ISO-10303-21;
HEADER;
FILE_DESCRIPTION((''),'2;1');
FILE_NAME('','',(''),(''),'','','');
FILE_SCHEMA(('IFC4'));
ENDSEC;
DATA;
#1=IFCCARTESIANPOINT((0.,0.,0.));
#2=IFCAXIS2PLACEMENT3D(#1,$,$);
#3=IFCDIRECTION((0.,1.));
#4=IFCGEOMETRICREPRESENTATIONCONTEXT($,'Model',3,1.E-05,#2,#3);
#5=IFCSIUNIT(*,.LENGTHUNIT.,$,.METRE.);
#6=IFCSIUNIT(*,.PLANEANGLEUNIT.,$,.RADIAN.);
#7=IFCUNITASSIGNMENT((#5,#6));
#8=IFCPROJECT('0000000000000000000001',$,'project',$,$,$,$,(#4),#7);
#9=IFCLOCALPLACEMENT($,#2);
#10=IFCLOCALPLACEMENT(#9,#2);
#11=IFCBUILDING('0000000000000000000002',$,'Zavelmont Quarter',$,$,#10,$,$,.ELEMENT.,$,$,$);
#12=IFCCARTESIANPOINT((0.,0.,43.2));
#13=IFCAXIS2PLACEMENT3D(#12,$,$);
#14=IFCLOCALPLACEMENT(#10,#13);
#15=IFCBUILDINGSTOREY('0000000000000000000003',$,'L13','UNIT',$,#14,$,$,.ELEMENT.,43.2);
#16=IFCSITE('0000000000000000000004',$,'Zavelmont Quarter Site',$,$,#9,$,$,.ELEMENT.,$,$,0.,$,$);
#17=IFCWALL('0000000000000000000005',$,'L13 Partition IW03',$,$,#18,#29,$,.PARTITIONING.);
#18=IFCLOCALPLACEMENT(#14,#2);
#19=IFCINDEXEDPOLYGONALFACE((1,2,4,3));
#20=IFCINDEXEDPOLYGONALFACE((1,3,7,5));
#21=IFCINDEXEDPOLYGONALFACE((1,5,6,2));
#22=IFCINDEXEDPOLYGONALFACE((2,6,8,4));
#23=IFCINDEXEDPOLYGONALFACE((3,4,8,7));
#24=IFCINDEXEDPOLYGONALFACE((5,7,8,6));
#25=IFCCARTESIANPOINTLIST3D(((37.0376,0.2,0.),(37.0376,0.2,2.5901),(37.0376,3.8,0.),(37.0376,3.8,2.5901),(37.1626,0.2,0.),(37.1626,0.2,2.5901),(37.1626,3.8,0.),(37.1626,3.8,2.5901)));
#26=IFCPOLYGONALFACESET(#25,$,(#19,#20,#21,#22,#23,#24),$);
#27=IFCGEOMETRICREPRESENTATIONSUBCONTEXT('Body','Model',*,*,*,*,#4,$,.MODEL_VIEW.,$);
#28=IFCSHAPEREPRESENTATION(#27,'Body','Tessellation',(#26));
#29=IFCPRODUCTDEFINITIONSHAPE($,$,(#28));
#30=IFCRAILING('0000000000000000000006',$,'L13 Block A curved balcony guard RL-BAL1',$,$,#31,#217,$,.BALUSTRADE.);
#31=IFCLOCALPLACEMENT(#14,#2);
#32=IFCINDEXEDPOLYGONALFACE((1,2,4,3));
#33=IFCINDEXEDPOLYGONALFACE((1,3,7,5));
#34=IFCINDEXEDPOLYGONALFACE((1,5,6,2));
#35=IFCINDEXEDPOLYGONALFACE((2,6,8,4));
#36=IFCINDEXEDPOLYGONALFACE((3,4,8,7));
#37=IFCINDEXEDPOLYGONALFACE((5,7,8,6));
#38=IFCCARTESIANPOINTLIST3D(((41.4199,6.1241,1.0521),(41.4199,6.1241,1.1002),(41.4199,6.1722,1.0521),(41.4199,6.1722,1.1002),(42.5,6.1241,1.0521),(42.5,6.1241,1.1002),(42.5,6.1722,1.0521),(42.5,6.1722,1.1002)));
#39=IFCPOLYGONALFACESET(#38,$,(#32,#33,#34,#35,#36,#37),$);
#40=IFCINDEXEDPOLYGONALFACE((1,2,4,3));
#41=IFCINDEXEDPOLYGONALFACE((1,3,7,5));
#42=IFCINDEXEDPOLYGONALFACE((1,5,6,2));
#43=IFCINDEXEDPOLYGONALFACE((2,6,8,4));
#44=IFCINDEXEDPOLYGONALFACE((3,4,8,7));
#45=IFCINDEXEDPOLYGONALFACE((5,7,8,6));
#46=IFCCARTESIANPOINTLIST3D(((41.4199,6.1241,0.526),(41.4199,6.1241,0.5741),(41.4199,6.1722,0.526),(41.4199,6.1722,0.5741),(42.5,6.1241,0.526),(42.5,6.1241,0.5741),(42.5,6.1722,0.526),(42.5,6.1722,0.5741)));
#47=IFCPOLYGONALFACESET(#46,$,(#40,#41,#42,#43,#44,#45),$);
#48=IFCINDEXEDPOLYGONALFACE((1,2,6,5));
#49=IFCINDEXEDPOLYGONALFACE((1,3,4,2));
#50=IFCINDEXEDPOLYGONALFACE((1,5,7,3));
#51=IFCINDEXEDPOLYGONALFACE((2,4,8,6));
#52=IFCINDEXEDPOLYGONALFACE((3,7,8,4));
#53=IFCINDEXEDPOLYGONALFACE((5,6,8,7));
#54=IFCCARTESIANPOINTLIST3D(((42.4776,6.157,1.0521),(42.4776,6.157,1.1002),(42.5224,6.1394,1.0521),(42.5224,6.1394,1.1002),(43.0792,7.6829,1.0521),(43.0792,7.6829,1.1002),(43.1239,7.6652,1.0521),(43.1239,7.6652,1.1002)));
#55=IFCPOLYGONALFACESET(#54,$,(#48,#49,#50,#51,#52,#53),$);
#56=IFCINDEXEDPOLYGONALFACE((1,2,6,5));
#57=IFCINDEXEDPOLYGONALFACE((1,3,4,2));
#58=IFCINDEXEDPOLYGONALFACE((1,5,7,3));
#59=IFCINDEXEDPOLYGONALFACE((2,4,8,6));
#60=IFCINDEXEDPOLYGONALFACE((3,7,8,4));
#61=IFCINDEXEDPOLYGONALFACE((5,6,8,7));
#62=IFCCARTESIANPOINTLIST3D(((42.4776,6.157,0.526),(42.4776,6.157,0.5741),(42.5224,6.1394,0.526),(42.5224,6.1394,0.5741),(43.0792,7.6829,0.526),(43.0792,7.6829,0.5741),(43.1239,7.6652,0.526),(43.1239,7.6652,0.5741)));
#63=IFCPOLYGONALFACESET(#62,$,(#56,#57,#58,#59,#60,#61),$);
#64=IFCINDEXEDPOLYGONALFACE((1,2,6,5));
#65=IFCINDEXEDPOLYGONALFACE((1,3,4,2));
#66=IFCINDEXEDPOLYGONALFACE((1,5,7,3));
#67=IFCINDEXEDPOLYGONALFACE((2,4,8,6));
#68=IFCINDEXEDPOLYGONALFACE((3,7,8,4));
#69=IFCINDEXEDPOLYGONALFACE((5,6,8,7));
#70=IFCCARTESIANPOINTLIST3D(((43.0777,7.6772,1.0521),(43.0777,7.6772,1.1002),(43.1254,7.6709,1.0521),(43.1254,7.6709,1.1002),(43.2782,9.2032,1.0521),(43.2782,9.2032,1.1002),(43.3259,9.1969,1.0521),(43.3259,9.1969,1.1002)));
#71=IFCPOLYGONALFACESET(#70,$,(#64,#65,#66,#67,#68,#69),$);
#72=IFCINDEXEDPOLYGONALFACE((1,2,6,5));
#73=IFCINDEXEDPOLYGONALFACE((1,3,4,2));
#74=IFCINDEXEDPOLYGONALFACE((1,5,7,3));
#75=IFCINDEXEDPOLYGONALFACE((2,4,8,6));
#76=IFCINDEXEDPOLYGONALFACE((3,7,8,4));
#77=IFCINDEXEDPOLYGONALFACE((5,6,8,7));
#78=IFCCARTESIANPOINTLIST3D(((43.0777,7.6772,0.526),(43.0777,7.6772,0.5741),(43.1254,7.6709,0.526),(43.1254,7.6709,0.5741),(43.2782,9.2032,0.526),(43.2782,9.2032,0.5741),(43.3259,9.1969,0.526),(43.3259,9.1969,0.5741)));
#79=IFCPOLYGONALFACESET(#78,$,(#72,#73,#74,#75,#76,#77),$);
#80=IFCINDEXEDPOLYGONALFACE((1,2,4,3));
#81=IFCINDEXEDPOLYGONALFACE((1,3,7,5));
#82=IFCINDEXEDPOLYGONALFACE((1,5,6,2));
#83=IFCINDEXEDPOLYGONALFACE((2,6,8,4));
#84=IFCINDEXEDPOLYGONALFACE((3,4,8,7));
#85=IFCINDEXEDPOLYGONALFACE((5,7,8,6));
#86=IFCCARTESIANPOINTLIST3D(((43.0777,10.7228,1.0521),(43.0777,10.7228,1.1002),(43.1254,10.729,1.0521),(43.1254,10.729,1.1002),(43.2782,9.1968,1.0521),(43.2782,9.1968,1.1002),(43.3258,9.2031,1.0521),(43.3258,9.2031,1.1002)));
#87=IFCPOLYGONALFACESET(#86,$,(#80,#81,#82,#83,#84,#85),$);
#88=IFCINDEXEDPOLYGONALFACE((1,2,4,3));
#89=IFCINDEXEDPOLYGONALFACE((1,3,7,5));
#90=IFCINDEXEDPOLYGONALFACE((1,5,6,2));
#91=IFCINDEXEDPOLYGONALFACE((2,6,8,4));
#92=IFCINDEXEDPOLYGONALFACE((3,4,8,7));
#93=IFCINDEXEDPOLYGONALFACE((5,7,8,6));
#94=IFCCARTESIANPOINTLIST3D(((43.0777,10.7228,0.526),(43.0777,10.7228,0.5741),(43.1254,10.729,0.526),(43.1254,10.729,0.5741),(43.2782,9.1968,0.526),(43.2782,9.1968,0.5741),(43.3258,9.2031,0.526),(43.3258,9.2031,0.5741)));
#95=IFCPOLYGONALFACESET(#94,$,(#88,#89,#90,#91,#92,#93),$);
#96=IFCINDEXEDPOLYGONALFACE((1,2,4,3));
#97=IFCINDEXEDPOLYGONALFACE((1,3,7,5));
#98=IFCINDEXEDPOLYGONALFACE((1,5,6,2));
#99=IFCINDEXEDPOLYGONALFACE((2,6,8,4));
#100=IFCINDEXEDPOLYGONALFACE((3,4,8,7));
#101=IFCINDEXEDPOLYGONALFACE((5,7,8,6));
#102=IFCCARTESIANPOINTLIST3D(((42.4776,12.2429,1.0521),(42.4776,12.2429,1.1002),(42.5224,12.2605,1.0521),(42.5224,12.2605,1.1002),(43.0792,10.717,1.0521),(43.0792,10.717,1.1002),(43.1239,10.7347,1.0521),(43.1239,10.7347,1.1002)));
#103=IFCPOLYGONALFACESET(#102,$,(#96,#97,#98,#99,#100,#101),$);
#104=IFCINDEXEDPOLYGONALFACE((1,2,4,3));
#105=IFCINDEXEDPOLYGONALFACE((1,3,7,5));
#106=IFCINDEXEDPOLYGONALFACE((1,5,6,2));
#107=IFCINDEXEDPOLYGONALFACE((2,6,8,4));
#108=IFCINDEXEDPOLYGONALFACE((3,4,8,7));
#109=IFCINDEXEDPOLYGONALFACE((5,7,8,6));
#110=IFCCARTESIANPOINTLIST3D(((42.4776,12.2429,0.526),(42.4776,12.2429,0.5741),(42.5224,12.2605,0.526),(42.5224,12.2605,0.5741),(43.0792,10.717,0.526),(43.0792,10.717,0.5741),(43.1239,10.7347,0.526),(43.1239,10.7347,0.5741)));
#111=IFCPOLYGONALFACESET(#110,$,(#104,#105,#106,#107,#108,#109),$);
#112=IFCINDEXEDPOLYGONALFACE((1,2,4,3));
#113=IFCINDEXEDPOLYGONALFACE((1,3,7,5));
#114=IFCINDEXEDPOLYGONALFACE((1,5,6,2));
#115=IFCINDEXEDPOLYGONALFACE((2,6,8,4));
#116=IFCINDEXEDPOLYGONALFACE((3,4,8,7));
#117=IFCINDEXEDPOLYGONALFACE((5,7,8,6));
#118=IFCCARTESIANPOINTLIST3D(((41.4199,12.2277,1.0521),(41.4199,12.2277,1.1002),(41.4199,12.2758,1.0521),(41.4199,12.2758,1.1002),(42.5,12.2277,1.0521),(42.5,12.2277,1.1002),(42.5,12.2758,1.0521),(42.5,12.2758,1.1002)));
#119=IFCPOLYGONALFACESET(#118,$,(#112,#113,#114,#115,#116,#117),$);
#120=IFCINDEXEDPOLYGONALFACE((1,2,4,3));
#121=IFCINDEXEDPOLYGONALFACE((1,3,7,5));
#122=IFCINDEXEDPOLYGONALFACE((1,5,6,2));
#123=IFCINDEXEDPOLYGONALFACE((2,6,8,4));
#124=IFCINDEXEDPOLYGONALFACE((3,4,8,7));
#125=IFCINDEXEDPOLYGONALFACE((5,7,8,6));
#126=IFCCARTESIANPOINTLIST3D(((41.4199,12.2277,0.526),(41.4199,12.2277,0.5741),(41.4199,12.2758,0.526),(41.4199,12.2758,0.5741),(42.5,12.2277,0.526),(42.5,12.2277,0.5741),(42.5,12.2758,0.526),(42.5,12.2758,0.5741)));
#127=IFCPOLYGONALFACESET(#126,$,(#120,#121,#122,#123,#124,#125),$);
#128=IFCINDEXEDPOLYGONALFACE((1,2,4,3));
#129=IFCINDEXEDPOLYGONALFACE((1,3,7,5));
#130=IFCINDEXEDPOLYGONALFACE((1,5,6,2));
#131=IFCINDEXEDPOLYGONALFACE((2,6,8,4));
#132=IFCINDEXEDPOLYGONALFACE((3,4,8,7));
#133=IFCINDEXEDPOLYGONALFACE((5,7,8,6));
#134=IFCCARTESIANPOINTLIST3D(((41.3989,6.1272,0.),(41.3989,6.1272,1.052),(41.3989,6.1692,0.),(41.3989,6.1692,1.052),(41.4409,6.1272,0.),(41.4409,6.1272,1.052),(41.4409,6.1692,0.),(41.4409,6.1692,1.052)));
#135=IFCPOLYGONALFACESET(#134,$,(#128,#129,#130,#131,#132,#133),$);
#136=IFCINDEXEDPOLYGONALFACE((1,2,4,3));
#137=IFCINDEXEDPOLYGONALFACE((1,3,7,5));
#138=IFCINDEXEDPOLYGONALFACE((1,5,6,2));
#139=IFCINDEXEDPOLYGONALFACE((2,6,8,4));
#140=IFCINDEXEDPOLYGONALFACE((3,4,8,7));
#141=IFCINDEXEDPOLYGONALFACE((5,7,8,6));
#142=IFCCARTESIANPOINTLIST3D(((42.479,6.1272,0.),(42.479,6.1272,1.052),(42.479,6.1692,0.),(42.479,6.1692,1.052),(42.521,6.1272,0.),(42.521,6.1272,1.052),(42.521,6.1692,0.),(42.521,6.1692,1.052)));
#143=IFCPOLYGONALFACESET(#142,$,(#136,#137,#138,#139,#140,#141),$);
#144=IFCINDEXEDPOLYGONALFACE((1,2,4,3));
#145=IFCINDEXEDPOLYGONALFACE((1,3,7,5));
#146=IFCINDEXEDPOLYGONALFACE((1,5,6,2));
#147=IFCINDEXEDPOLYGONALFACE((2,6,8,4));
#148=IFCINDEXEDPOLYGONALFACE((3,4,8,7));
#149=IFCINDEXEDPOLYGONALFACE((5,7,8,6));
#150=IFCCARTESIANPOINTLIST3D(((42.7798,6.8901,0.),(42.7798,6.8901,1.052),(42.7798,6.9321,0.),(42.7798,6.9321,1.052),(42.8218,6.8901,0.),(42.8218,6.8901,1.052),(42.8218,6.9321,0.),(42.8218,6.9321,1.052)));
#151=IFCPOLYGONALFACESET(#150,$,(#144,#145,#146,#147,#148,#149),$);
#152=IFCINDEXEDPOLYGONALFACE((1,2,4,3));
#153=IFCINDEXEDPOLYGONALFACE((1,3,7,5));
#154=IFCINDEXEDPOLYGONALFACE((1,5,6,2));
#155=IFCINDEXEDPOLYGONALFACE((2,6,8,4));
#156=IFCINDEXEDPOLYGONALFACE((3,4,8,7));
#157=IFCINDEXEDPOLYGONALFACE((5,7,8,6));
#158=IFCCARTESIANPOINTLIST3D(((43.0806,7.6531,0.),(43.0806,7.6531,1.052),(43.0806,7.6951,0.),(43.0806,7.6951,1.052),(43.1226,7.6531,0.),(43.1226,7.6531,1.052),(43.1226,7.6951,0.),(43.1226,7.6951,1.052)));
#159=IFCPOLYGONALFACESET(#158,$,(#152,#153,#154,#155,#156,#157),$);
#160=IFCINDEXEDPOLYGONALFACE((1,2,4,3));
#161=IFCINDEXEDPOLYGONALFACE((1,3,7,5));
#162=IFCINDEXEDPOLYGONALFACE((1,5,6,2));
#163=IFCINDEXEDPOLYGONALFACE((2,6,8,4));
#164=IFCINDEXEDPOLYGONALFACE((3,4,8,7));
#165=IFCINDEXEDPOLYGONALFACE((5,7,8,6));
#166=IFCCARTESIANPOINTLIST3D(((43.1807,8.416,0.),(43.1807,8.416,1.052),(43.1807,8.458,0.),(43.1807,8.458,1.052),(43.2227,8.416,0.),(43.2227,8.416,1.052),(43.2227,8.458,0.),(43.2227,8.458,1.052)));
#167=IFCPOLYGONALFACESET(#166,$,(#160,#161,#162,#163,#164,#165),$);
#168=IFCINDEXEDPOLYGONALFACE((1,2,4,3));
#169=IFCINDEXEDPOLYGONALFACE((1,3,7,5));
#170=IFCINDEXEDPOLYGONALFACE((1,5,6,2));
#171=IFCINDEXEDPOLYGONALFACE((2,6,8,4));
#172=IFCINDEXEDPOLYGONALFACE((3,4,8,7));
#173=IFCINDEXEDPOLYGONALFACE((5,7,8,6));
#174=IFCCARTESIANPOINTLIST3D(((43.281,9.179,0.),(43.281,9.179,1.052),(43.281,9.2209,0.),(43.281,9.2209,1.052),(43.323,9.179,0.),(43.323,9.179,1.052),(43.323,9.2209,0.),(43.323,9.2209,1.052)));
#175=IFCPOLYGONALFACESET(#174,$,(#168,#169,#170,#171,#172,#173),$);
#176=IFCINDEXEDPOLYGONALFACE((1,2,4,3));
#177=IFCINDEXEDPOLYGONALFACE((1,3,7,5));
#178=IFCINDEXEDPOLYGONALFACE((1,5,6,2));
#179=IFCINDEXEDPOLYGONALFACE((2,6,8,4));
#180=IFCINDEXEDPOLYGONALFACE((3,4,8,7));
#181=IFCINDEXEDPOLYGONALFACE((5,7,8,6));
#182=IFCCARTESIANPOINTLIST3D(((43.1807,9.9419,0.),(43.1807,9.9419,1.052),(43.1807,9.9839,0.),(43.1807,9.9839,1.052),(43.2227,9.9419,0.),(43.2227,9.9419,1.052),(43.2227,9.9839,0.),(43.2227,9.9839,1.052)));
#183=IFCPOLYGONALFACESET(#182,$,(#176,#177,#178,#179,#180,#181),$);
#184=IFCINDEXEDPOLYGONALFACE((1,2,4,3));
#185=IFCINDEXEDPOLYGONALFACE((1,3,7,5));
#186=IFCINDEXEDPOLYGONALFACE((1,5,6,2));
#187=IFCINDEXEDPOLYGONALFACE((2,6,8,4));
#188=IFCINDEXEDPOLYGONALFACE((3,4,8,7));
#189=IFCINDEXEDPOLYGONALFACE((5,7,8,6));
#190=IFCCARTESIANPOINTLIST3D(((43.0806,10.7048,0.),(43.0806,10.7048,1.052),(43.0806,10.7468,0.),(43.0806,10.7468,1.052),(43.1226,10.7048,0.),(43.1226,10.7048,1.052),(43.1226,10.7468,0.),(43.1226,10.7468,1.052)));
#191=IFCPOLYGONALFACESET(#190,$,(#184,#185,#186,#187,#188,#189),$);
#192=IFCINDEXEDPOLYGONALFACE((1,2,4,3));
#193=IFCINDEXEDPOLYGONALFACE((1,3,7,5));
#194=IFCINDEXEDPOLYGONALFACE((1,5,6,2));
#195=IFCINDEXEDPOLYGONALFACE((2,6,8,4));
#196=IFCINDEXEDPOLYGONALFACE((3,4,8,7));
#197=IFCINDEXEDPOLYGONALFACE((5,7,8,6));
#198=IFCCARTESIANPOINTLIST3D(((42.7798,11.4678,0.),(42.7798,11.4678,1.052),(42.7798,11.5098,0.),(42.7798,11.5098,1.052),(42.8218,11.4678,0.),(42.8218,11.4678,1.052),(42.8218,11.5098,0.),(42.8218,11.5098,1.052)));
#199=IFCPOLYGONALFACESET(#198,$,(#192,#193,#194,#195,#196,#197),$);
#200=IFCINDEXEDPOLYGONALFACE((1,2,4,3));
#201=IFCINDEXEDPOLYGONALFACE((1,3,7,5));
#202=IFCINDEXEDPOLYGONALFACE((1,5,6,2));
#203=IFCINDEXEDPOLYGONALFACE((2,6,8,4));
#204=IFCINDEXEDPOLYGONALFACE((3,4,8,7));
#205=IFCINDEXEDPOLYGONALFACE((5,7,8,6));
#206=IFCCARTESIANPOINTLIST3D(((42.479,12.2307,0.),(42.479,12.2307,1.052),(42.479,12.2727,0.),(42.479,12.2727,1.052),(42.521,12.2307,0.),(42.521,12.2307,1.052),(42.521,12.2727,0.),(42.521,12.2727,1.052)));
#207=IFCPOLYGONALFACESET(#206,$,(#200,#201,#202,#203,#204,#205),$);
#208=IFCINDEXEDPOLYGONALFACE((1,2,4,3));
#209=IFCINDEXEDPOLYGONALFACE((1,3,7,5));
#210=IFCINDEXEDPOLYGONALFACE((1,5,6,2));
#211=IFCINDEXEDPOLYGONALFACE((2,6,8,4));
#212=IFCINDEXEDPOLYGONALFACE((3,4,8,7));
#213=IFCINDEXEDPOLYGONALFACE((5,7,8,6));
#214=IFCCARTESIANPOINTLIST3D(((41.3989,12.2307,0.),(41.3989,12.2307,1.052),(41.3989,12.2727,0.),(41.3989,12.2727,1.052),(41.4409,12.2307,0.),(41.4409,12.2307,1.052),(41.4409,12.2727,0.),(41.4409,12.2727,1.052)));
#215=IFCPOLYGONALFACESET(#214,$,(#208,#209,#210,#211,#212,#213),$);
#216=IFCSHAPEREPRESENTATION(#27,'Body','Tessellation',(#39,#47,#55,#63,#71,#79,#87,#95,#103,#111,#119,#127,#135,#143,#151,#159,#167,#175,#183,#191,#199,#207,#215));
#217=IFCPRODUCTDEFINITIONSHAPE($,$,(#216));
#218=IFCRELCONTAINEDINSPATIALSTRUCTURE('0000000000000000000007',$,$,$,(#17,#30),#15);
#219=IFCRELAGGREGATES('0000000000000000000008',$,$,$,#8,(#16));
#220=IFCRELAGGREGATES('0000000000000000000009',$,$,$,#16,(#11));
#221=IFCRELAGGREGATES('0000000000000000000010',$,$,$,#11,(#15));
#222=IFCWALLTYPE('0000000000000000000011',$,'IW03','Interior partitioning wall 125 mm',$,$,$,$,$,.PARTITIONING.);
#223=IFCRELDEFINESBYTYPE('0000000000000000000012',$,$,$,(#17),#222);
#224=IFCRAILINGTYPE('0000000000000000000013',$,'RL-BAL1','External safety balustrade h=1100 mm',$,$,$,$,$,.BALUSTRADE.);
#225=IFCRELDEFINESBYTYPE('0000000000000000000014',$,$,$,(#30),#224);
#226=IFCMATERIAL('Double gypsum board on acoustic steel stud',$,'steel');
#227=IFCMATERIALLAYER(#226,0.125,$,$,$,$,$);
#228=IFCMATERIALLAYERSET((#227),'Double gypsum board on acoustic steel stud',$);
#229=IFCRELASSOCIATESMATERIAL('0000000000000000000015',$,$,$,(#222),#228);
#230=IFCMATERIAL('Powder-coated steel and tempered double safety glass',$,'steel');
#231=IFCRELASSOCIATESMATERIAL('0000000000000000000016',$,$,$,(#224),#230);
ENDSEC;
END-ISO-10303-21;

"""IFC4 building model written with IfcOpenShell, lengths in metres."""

from ifc_helpers import new_model, si_unit, direction, frame, frame_2d, origin, origin_2d, place, context, subcontext, project, spatial, rectangle, extrude, material, layer, layer_set, type_object, element, save


model = new_model("IFC4")

# Units and contexts
model_context = context("Model", 3, precision=1e-05, world=origin(), true_north=direction((0.0, 1.0)))
body_context = subcontext(model_context, "Body", "Model", "MODEL_VIEW")
ifc_project = project(units=[si_unit("LENGTHUNIT", "METRE"), si_unit("PLANEANGLEUNIT", "RADIAN")], contexts=[model_context])

# Site, building, storey
site_placement = place(None, origin())
site = spatial("IfcSite", under=ifc_project, at=site_placement, Name="Zavelmont Quarter Site", CompositionType="ELEMENT", RefElevation=0.0)
building_placement = place(site_placement, origin())
building = spatial("IfcBuilding", under=site, at=building_placement, Name="Zavelmont Quarter", CompositionType="ELEMENT")
storey_placement = place(building_placement, frame((0.0, 0.0, 43.2)))
storey = spatial("IfcBuildingStorey", under=building, at=storey_placement, Name="L13", Description="UNIT", CompositionType="ELEMENT", Elevation=43.2)

# Shared definitions
ifc_material_1 = material(Name="Double gypsum board on acoustic steel stud", Category="steel")
ifc_layer_1 = layer(ifc_material_1, 0.125)
ifc_layer_set_1 = layer_set([ifc_layer_1], Name="Double gypsum board on acoustic steel stud")
wall_type_1 = type_object("IfcWallType", Name="IW03", Description="Interior partitioning wall 125 mm", PredefinedType="PARTITIONING", material=ifc_layer_set_1)

# Wall
wall_1_placement = place(storey_placement, frame((37.1001, 3.8, 0.0), z_axis=(0.0, 0.0, 1.0), x_axis=(0.0, -1.0, 0.0)))
element("IfcWall", 1, at=wall_1_placement, inside=storey, type_object=wall_type_1, Name="L13 Partition IW03", PredefinedType="PARTITIONING", context=body_context, shape_type="SweptSolid", body=[
    extrude(rectangle(XDim=3.6001, YDim=0.125, at=frame_2d((1.8, 0.0))), origin(), (0.0, 0.0, 1.0), 2.5901),
])

# Railing
ifc_material_2 = material(Name="Powder-coated steel and tempered double safety glass", Category="steel")
railing_type = type_object("IfcRailingType", Name="RL-BAL1", Description="External safety balustrade h=1100 mm", PredefinedType="BALUSTRADE", material=ifc_material_2)
railing_placement = place(storey_placement, frame((41.4199, 6.1482, 0.0)))
element("IfcRailing", 2, at=railing_placement, inside=storey, type_object=railing_type, Name="L13 Block A curved balcony guard RL-BAL1", PredefinedType="BALUSTRADE", context=body_context, shape_type="SweptSolid", body=[
    extrude(rectangle(XDim=0.0481, YDim=0.0481, at=origin_2d()), frame((0.0, 0.0, 1.0762), z_axis=(1.0, 0.0, 0.0), x_axis=(0.0, 1.0, 0.0)), (0.0, 0.0, 1.0), 1.0801),
    extrude(rectangle(XDim=0.0481, YDim=0.0481, at=origin_2d()), frame((0.0, 0.0, 0.55), z_axis=(1.0, 0.0, 0.0), x_axis=(0.0, 1.0, 0.0)), (0.0, 0.0, 1.0), 1.0801),
    extrude(rectangle(XDim=0.0481, YDim=0.0481, at=origin_2d()), frame((1.0801, 0.0, 1.0762), z_axis=(0.366767, 0.930313, 0.0), x_axis=(-0.930313, 0.366767, 0.0)), (0.0, 0.0, 1.0), 1.6401),
    extrude(rectangle(XDim=0.0481, YDim=0.0481, at=origin_2d()), frame((1.0801, 0.0, 0.55), z_axis=(0.366767, 0.930313, 0.0), x_axis=(-0.930313, 0.366767, 0.0)), (0.0, 0.0, 1.0), 1.6401),
    extrude(rectangle(XDim=0.0481, YDim=0.0481, at=origin_2d()), frame((1.6816, 1.5259, 1.0762), z_axis=(0.130241, 0.991482, 0.0), x_axis=(-0.991482, 0.130241, 0.0)), (0.0, 0.0, 1.0), 1.5391),
    extrude(rectangle(XDim=0.0481, YDim=0.0481, at=origin_2d()), frame((1.6816, 1.5259, 0.55), z_axis=(0.130241, 0.991482, 0.0), x_axis=(-0.991482, 0.130241, 0.0)), (0.0, 0.0, 1.0), 1.5391),
    extrude(rectangle(XDim=0.0481, YDim=0.0481, at=origin_2d()), frame((1.8821, 3.0518, 1.0762), z_axis=(-0.130241, 0.991482, 0.0), x_axis=(-0.991482, -0.130241, 0.0)), (0.0, 0.0, 1.0), 1.5391),
    extrude(rectangle(XDim=0.0481, YDim=0.0481, at=origin_2d()), frame((1.8821, 3.0518, 0.55), z_axis=(-0.130241, 0.991482, 0.0), x_axis=(-0.991482, -0.130241, 0.0)), (0.0, 0.0, 1.0), 1.5391),
    extrude(rectangle(XDim=0.0481, YDim=0.0481, at=origin_2d()), frame((1.6816, 4.5776, 1.0762), z_axis=(-0.366767, 0.930313, 0.0), x_axis=(-0.930313, -0.366767, 0.0)), (0.0, 0.0, 1.0), 1.6401),
    extrude(rectangle(XDim=0.0481, YDim=0.0481, at=origin_2d()), frame((1.6816, 4.5776, 0.55), z_axis=(-0.366767, 0.930313, 0.0), x_axis=(-0.930313, -0.366767, 0.0)), (0.0, 0.0, 1.0), 1.6401),
    extrude(rectangle(XDim=0.0481, YDim=0.0481, at=origin_2d()), frame((1.0801, 6.1035, 1.0762), z_axis=(-1.0, 0.0, 0.0), x_axis=(0.0, -1.0, 0.0)), (0.0, 0.0, 1.0), 1.0801),
    extrude(rectangle(XDim=0.0481, YDim=0.0481, at=origin_2d()), frame((1.0801, 6.1035, 0.55), z_axis=(-1.0, 0.0, 0.0), x_axis=(0.0, -1.0, 0.0)), (0.0, 0.0, 1.0), 1.0801),
    extrude(rectangle(XDim=0.042, YDim=0.042, at=origin_2d()), origin(), (0.0, 0.0, 1.0), 1.052),
    extrude(rectangle(XDim=0.042, YDim=0.042, at=origin_2d()), frame((1.0801, 0.0, 0.0)), (0.0, 0.0, 1.0), 1.052),
    extrude(rectangle(XDim=0.042, YDim=0.042, at=origin_2d()), frame((1.3809, 0.7629, 0.0)), (0.0, 0.0, 1.0), 1.052),
    extrude(rectangle(XDim=0.042, YDim=0.042, at=origin_2d()), frame((1.6816, 1.5259, 0.0)), (0.0, 0.0, 1.0), 1.052),
    extrude(rectangle(XDim=0.042, YDim=0.042, at=origin_2d()), frame((1.7817, 2.2888, 0.0)), (0.0, 0.0, 1.0), 1.052),
    extrude(rectangle(XDim=0.042, YDim=0.042, at=origin_2d()), frame((1.8821, 3.0518, 0.0)), (0.0, 0.0, 1.0), 1.052),
    extrude(rectangle(XDim=0.042, YDim=0.042, at=origin_2d()), frame((1.7817, 3.8147, 0.0)), (0.0, 0.0, 1.0), 1.052),
    extrude(rectangle(XDim=0.042, YDim=0.042, at=origin_2d()), frame((1.6816, 4.5776, 0.0)), (0.0, 0.0, 1.0), 1.052),
    extrude(rectangle(XDim=0.042, YDim=0.042, at=origin_2d()), frame((1.3809, 5.3406, 0.0)), (0.0, 0.0, 1.0), 1.052),
    extrude(rectangle(XDim=0.042, YDim=0.042, at=origin_2d()), frame((1.0801, 6.1035, 0.0)), (0.0, 0.0, 1.0), 1.052),
    extrude(rectangle(XDim=0.042, YDim=0.042, at=origin_2d()), frame((0.0, 6.1035, 0.0)), (0.0, 0.0, 1.0), 1.052),
])

save(model, "model.ifc")
